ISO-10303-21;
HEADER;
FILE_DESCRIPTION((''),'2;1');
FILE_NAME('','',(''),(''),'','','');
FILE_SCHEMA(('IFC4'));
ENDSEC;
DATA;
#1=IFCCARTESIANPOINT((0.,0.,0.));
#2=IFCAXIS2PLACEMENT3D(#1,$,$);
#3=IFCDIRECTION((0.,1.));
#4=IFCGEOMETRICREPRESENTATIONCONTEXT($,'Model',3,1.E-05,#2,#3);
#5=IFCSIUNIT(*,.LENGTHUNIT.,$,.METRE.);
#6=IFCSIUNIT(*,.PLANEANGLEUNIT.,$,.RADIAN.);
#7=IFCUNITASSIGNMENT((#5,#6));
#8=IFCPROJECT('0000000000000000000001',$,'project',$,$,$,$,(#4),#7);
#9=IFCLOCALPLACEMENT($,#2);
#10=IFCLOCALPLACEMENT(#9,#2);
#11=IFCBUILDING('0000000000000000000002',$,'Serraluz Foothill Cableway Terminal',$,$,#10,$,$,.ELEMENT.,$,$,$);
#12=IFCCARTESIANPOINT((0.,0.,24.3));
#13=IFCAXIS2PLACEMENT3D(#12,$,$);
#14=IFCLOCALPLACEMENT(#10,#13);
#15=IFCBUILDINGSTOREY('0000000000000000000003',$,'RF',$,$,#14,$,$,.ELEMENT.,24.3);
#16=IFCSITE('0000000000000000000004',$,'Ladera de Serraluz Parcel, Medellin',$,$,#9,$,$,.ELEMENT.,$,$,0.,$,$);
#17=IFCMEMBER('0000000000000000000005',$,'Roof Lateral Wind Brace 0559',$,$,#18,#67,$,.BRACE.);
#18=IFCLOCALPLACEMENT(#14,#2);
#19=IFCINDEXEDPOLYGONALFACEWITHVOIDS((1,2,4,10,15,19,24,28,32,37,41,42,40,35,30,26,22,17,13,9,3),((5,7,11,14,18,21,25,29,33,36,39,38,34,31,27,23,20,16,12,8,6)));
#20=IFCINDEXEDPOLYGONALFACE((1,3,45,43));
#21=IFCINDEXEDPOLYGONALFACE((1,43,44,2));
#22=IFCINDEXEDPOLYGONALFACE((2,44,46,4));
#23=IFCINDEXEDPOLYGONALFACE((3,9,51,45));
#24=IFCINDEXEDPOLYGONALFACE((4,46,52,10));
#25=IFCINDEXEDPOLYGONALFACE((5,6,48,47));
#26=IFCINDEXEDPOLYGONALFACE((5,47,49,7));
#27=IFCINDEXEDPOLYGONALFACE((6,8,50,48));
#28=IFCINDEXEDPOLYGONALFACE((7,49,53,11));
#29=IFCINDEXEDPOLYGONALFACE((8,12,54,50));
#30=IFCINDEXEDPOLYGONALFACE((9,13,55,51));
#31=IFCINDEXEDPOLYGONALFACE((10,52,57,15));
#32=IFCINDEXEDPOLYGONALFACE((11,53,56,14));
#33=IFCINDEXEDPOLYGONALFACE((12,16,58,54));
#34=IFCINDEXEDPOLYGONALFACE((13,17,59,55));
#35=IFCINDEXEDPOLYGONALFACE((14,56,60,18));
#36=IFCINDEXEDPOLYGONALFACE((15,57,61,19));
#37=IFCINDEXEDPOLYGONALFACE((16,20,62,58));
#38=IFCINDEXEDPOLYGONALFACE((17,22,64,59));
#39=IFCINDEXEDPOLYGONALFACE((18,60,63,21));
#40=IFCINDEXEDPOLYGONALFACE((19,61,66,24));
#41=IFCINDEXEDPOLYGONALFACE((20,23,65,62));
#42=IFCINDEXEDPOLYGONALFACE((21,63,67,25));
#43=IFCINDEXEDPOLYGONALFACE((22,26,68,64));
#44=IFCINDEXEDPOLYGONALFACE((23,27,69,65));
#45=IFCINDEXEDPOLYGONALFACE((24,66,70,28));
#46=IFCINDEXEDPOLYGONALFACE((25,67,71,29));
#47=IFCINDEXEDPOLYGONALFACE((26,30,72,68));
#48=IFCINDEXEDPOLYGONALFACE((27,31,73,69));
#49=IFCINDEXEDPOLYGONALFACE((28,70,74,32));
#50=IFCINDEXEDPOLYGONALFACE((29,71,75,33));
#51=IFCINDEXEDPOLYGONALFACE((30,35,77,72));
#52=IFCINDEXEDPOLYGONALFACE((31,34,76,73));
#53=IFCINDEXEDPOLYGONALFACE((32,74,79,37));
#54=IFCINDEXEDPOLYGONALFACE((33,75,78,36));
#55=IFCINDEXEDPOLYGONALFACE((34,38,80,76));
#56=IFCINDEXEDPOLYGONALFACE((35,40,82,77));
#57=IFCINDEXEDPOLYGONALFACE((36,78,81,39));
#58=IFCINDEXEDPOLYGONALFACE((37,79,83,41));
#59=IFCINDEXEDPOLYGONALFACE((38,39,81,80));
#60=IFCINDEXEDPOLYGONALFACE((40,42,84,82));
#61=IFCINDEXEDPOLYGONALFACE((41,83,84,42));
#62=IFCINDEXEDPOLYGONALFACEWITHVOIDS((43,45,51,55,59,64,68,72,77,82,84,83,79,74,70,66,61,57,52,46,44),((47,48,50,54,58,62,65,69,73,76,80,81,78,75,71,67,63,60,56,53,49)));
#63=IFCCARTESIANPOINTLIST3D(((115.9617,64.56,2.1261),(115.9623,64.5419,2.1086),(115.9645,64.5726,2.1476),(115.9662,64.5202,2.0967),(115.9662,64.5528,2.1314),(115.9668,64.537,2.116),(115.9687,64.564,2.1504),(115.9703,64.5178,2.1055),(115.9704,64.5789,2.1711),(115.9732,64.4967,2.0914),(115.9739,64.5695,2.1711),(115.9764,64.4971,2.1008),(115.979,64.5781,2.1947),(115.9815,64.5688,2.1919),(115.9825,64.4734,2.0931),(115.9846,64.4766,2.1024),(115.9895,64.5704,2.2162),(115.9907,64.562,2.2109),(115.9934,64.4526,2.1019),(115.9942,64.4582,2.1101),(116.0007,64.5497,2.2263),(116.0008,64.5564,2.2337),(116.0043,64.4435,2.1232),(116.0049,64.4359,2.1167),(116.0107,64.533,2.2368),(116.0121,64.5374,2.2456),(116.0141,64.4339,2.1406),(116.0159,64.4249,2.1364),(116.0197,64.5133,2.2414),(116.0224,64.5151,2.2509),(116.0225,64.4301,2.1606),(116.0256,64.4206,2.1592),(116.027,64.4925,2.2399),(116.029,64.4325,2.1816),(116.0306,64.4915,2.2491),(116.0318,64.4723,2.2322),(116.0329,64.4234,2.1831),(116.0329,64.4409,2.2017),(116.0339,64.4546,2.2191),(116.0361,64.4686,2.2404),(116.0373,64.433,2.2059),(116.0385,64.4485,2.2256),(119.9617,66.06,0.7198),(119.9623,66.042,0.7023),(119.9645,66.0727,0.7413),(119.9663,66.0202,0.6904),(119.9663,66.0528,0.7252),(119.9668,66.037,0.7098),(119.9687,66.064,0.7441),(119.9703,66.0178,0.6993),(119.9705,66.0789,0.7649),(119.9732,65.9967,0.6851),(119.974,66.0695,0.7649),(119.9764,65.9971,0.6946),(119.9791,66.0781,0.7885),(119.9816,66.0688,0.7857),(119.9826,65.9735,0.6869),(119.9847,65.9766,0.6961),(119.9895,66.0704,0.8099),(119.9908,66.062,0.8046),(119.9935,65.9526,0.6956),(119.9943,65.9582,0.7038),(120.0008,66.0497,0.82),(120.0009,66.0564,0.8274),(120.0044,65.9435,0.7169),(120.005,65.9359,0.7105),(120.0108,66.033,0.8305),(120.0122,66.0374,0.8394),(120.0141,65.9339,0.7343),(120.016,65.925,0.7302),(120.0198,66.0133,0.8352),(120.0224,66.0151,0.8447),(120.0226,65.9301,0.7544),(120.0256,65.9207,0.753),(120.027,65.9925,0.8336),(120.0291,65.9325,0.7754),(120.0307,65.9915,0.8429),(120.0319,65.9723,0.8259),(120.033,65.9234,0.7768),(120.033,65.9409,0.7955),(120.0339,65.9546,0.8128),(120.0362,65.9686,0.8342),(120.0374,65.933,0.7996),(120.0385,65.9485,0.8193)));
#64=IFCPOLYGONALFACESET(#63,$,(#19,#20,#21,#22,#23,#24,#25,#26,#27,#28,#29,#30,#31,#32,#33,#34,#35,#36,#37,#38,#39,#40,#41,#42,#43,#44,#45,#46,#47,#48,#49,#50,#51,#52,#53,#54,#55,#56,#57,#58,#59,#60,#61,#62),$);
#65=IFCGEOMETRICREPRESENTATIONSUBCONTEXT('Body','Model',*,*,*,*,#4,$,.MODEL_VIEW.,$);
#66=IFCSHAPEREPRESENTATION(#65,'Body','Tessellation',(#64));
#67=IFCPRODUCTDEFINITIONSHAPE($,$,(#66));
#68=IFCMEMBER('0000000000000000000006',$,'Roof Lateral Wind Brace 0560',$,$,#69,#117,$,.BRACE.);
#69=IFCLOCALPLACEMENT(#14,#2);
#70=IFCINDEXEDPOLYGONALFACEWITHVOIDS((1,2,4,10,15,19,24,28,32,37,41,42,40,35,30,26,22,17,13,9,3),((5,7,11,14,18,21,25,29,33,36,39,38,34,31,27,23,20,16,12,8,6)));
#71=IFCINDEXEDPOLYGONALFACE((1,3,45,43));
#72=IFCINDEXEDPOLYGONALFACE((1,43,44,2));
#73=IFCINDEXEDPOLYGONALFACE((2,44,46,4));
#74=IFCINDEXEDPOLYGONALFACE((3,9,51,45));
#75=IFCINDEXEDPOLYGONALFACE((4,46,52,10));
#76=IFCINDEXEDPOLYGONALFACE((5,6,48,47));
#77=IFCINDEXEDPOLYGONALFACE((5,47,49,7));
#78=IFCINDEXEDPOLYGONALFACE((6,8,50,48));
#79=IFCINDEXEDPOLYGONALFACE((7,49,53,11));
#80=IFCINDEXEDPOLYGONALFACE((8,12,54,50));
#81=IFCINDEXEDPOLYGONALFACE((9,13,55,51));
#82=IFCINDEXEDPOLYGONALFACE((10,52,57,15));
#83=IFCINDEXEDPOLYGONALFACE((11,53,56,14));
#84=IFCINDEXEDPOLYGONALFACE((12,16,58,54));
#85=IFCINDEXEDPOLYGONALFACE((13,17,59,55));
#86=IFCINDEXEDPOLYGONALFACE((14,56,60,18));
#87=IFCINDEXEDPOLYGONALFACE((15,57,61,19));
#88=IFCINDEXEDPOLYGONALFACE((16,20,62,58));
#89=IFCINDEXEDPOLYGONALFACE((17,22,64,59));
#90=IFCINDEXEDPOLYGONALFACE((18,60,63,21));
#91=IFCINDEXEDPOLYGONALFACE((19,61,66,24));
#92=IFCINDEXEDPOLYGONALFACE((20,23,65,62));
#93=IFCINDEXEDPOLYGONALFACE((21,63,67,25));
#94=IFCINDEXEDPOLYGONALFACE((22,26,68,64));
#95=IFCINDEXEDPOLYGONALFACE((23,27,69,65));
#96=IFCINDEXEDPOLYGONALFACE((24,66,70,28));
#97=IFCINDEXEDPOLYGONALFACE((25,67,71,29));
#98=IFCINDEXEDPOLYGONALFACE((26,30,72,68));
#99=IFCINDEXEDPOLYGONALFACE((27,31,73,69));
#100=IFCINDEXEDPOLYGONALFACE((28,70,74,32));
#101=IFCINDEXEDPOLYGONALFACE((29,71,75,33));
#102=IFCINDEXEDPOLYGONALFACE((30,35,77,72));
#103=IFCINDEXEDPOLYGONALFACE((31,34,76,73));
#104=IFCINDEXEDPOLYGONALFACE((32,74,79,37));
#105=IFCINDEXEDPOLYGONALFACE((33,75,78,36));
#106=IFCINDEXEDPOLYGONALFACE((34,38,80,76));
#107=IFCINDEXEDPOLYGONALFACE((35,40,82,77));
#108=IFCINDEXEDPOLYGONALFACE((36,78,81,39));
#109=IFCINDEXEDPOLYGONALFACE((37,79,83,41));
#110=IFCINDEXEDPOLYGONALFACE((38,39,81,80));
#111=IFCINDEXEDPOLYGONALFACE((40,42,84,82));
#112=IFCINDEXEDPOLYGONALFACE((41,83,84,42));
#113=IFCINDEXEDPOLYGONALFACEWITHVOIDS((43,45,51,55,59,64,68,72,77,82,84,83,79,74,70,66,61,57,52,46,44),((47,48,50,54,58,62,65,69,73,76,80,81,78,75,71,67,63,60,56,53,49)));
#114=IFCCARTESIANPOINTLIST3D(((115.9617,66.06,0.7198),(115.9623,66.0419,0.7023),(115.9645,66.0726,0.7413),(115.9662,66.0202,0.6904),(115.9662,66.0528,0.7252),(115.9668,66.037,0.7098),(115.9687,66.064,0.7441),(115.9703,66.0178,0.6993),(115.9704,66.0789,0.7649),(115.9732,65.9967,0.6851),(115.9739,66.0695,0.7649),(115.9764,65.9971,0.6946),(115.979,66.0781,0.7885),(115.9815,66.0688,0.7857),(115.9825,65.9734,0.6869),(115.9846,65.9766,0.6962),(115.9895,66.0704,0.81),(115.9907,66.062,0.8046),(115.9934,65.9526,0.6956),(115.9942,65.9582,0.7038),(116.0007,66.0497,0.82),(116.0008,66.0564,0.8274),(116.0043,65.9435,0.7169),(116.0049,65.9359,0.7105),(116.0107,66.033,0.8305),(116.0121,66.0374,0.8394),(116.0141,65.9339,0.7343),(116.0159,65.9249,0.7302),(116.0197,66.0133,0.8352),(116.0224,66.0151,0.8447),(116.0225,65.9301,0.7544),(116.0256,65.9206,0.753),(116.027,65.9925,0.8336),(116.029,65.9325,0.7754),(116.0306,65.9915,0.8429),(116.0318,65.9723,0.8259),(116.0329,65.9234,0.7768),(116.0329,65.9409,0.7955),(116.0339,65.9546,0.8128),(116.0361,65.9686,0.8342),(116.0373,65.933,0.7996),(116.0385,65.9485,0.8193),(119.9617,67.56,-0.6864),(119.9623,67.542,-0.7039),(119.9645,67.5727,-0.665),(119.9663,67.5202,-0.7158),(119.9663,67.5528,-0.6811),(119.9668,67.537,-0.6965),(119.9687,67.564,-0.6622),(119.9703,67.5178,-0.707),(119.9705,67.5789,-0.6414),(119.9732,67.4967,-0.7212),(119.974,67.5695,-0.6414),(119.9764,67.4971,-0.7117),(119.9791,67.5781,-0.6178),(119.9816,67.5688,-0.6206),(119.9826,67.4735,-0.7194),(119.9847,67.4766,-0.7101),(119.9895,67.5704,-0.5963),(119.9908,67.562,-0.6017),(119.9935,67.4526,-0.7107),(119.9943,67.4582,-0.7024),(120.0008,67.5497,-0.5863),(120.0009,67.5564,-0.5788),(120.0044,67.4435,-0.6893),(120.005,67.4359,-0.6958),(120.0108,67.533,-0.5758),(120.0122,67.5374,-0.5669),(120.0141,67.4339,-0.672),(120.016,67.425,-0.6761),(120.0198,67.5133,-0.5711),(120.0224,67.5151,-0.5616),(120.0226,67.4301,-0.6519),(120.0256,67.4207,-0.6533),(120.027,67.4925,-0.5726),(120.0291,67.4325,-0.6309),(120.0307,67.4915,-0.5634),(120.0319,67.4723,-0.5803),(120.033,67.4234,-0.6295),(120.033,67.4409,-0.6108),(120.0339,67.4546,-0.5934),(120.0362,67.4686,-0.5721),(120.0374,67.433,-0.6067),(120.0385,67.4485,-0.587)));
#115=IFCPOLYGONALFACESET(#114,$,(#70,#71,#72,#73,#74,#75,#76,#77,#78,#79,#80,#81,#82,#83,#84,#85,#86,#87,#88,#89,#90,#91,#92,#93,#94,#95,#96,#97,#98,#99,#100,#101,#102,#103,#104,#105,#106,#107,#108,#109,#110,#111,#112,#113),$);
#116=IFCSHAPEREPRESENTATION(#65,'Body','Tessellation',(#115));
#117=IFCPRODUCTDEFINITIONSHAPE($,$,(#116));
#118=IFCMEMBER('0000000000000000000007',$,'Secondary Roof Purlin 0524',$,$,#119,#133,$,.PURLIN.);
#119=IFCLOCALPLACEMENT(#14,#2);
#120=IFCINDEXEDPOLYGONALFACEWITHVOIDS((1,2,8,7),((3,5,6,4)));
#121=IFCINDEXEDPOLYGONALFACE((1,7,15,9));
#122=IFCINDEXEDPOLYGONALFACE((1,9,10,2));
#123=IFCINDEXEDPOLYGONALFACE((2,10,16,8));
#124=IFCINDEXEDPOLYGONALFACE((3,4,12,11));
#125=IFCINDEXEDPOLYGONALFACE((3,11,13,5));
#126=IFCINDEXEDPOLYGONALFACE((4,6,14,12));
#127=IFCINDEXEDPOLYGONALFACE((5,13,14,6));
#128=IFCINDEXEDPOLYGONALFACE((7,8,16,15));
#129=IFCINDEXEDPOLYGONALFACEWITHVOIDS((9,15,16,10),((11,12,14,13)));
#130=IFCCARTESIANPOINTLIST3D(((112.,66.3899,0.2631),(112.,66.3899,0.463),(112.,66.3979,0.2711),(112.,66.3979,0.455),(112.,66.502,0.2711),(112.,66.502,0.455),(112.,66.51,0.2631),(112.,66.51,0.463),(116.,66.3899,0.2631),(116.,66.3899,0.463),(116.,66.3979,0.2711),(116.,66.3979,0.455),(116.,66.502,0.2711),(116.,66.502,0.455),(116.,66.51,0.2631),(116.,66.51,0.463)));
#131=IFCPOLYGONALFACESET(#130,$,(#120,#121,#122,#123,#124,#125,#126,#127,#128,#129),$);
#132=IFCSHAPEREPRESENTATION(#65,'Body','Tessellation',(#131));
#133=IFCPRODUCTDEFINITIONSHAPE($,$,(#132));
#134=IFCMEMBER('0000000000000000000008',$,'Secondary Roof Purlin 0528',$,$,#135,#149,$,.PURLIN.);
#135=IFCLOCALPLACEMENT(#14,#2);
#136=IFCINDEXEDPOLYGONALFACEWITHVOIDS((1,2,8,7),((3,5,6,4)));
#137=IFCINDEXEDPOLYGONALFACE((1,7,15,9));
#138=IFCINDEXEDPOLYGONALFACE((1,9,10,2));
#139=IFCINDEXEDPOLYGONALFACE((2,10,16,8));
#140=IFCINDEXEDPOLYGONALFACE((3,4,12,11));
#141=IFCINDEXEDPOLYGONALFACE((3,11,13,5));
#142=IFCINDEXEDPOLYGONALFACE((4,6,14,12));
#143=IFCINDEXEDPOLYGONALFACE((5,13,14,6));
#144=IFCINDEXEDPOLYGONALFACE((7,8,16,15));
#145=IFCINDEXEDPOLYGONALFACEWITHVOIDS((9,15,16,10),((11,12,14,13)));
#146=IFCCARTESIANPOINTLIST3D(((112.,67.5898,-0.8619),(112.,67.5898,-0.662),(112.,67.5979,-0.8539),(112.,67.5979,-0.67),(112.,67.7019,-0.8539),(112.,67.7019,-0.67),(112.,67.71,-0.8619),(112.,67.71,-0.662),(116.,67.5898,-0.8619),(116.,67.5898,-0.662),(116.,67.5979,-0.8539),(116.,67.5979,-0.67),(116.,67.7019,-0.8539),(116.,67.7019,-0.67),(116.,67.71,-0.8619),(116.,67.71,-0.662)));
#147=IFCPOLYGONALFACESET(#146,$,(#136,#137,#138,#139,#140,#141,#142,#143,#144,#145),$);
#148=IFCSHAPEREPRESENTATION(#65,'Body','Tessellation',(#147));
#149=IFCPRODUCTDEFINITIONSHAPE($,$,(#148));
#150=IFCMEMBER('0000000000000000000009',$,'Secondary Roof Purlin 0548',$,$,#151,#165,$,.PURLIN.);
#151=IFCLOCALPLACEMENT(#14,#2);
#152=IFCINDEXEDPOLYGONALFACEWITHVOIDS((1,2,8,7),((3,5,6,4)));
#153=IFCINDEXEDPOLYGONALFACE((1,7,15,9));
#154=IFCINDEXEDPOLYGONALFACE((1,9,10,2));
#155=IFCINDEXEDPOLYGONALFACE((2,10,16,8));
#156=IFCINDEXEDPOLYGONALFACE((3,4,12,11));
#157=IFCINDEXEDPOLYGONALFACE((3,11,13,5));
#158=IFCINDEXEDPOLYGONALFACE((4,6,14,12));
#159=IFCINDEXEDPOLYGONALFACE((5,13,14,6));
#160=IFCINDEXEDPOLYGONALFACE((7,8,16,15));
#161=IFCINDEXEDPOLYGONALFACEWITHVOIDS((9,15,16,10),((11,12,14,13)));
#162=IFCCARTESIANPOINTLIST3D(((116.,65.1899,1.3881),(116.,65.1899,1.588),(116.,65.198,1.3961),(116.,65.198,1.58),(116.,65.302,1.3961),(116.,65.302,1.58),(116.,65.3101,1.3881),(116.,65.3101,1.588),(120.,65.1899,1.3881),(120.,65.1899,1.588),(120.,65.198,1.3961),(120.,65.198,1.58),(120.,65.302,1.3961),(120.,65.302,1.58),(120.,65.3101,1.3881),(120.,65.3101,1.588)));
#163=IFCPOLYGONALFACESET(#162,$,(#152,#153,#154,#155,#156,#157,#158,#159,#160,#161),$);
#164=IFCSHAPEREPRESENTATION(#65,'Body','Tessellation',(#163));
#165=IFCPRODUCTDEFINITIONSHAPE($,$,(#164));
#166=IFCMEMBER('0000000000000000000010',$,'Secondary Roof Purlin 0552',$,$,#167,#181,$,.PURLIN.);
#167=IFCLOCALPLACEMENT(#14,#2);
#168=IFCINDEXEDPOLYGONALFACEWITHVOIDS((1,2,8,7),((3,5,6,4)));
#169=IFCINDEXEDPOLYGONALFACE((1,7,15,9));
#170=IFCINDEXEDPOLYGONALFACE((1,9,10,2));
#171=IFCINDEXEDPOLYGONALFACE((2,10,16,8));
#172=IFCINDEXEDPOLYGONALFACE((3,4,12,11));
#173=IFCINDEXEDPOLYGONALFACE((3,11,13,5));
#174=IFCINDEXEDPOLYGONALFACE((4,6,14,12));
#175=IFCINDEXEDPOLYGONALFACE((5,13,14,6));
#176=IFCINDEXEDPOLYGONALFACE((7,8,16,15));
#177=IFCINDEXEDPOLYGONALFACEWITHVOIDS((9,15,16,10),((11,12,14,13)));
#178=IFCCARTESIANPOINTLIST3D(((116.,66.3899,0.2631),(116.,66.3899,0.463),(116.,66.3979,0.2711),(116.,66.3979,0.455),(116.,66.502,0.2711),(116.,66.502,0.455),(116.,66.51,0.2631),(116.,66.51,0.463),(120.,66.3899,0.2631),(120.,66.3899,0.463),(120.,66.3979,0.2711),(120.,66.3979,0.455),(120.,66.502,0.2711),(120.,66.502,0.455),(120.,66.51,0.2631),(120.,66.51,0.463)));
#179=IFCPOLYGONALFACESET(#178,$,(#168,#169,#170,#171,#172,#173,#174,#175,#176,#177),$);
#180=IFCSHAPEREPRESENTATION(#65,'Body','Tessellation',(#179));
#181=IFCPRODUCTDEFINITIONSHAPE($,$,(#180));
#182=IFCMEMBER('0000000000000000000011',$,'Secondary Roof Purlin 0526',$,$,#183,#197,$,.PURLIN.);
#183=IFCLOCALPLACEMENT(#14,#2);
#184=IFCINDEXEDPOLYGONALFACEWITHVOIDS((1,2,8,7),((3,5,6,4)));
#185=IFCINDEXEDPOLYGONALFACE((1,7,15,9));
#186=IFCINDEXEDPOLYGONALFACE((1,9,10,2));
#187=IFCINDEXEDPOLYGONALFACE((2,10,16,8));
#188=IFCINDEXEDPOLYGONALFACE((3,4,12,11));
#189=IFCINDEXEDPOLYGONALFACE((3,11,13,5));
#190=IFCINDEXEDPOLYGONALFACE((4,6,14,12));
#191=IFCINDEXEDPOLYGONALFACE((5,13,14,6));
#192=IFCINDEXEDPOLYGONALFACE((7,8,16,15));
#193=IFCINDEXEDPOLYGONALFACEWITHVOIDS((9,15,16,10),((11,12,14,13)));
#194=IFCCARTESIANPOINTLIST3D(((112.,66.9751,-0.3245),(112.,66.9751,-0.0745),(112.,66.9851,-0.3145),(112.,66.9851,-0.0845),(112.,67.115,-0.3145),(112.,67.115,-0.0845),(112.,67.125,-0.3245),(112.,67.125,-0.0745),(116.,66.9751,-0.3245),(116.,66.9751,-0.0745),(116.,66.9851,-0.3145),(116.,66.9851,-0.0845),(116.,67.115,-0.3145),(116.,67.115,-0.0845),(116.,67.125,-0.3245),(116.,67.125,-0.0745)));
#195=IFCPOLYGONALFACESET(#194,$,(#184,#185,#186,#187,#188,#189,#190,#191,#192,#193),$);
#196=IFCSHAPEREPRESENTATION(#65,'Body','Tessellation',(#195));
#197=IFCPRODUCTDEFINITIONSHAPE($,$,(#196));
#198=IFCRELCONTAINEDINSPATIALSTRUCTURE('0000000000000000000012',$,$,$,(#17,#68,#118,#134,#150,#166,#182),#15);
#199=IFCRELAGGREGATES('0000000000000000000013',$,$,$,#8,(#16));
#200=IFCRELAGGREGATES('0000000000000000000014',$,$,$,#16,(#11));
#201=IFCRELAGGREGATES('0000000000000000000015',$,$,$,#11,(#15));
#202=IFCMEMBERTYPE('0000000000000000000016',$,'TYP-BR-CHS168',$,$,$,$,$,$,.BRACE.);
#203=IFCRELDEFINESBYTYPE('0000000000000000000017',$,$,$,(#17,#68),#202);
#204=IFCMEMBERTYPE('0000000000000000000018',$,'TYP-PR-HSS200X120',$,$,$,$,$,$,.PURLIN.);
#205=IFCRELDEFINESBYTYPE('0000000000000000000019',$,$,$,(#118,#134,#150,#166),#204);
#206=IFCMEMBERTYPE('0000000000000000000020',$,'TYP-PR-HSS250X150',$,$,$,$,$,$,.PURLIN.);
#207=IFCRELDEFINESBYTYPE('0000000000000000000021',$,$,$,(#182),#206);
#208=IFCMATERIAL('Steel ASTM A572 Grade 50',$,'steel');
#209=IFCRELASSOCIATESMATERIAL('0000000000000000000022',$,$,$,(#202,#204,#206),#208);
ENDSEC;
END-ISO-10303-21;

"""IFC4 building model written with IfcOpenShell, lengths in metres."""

from ifc_helpers import new_model, si_unit, direction, frame, origin, origin_2d, place, context, subcontext, project, spatial, hollow_rectangle, hollow_circle, extrude, material, material_profile, profile_set, type_object, element, save


model = new_model("IFC4")

# Units and contexts
model_context = context("Model", 3, precision=1e-05, world=origin(), true_north=direction((0.0, 1.0)))
body_context = subcontext(model_context, "Body", "Model", "MODEL_VIEW")
ifc_project = project(units=[si_unit("LENGTHUNIT", "METRE"), si_unit("PLANEANGLEUNIT", "RADIAN")], contexts=[model_context])

# Site, building, storey
site_placement = place(None, origin())
site = spatial("IfcSite", under=ifc_project, at=site_placement, Name="Ladera de Serraluz Parcel, Medellin", CompositionType="ELEMENT", RefElevation=0.0)
building_placement = place(site_placement, origin())
building = spatial("IfcBuilding", under=site, at=building_placement, Name="Serraluz Foothill Cableway Terminal", CompositionType="ELEMENT")
storey_placement = place(building_placement, frame((0.0, 0.0, 24.3)))
storey = spatial("IfcBuildingStorey", under=building, at=storey_placement, Name="RF", CompositionType="ELEMENT", Elevation=24.3)

# Members
ifc_material_1 = material(Name="Steel ASTM A572 Grade 50", Category="steel")
ifc_material_profile_1 = material_profile(ifc_material_1, hollow_circle(Radius=0.0842, WallThickness=0.01, at=origin_2d()), Name="CHS168X10")
ifc_profile_set_1 = profile_set([ifc_material_profile_1], Name="Steel ASTM A572 Grade 50")
member_type_1 = type_object("IfcMemberType", Name="TYP-BR-CHS168", PredefinedType="BRACE", material=ifc_profile_set_1)
for number, where, z_axis, x_axis, name in (
    (1, (116.0, 64.5, 2.1711), (0.889382, 0.333518, -0.312673), (-0.351123, 0.936329, 0.0), "Roof Lateral Wind Brace 0559"),
    (2, (116.0, 66.0, 0.7649), (0.889382, 0.333518, -0.312673), (-0.351123, 0.936329, 0.0), "Roof Lateral Wind Brace 0560"),
):
    element("IfcMember", number, at=place(storey_placement, frame(where, z_axis=z_axis, x_axis=x_axis)), inside=storey, type_object=member_type_1, Name=name, PredefinedType="BRACE", context=body_context, shape_type="SweptSolid", body=[
        extrude(hollow_circle(Radius=0.0842, WallThickness=0.01, at=origin_2d()), origin(), (0.0, 0.0, 1.0), 4.4976),
    ])
ifc_material_profile_2 = material_profile(ifc_material_1, hollow_rectangle(XDim=0.1201, YDim=0.2, WallThickness=0.0081, at=origin_2d()), Name="HSS200X120X8")
ifc_profile_set_2 = profile_set([ifc_material_profile_2], Name="Steel ASTM A572 Grade 50")
member_type_2 = type_object("IfcMemberType", Name="TYP-PR-HSS200X120", PredefinedType="PURLIN", material=ifc_profile_set_2)
for number, where, z_axis, x_axis, name in (
    (3, (112.0, 66.45, 0.363), (1.0, 0.0, 0.0), (0.0, 1.0, 0.0), "Secondary Roof Purlin 0524"),
    (4, (112.0, 67.6499, -0.762), (1.0, 0.0, 0.0), (0.0, 1.0, 0.0), "Secondary Roof Purlin 0528"),
    (5, (116.0, 65.25, 1.488), (1.0, 0.0, 0.0), (0.0, 1.0, 0.0), "Secondary Roof Purlin 0548"),
    (6, (116.0, 66.45, 0.363), (1.0, 0.0, 0.0), (0.0, 1.0, 0.0), "Secondary Roof Purlin 0552"),
):
    element("IfcMember", number, at=place(storey_placement, frame(where, z_axis=z_axis, x_axis=x_axis)), inside=storey, type_object=member_type_2, Name=name, PredefinedType="PURLIN", context=body_context, shape_type="SweptSolid", body=[
        extrude(hollow_rectangle(XDim=0.1201, YDim=0.2, WallThickness=0.0081, at=origin_2d()), origin(), (0.0, 0.0, 1.0), 4.0),
    ])
ifc_material_profile_3 = material_profile(ifc_material_1, hollow_rectangle(XDim=0.1499, YDim=0.25, WallThickness=0.01, at=origin_2d()), Name="HSS250X150X10")
ifc_profile_set_3 = profile_set([ifc_material_profile_3], Name="Steel ASTM A572 Grade 50")
member_type_3 = type_object("IfcMemberType", Name="TYP-PR-HSS250X150", PredefinedType="PURLIN", material=ifc_profile_set_3)
for number, where, z_axis, x_axis, name in (
    (7, (112.0, 67.05, -0.1995), (1.0, 0.0, 0.0), (0.0, 1.0, 0.0), "Secondary Roof Purlin 0526"),
):
    element("IfcMember", number, at=place(storey_placement, frame(where, z_axis=z_axis, x_axis=x_axis)), inside=storey, type_object=member_type_3, Name=name, PredefinedType="PURLIN", context=body_context, shape_type="SweptSolid", body=[
        extrude(hollow_rectangle(XDim=0.1499, YDim=0.25, WallThickness=0.01, at=origin_2d()), origin(), (0.0, 0.0, 1.0), 4.0),
    ])

save(model, "model.ifc")
